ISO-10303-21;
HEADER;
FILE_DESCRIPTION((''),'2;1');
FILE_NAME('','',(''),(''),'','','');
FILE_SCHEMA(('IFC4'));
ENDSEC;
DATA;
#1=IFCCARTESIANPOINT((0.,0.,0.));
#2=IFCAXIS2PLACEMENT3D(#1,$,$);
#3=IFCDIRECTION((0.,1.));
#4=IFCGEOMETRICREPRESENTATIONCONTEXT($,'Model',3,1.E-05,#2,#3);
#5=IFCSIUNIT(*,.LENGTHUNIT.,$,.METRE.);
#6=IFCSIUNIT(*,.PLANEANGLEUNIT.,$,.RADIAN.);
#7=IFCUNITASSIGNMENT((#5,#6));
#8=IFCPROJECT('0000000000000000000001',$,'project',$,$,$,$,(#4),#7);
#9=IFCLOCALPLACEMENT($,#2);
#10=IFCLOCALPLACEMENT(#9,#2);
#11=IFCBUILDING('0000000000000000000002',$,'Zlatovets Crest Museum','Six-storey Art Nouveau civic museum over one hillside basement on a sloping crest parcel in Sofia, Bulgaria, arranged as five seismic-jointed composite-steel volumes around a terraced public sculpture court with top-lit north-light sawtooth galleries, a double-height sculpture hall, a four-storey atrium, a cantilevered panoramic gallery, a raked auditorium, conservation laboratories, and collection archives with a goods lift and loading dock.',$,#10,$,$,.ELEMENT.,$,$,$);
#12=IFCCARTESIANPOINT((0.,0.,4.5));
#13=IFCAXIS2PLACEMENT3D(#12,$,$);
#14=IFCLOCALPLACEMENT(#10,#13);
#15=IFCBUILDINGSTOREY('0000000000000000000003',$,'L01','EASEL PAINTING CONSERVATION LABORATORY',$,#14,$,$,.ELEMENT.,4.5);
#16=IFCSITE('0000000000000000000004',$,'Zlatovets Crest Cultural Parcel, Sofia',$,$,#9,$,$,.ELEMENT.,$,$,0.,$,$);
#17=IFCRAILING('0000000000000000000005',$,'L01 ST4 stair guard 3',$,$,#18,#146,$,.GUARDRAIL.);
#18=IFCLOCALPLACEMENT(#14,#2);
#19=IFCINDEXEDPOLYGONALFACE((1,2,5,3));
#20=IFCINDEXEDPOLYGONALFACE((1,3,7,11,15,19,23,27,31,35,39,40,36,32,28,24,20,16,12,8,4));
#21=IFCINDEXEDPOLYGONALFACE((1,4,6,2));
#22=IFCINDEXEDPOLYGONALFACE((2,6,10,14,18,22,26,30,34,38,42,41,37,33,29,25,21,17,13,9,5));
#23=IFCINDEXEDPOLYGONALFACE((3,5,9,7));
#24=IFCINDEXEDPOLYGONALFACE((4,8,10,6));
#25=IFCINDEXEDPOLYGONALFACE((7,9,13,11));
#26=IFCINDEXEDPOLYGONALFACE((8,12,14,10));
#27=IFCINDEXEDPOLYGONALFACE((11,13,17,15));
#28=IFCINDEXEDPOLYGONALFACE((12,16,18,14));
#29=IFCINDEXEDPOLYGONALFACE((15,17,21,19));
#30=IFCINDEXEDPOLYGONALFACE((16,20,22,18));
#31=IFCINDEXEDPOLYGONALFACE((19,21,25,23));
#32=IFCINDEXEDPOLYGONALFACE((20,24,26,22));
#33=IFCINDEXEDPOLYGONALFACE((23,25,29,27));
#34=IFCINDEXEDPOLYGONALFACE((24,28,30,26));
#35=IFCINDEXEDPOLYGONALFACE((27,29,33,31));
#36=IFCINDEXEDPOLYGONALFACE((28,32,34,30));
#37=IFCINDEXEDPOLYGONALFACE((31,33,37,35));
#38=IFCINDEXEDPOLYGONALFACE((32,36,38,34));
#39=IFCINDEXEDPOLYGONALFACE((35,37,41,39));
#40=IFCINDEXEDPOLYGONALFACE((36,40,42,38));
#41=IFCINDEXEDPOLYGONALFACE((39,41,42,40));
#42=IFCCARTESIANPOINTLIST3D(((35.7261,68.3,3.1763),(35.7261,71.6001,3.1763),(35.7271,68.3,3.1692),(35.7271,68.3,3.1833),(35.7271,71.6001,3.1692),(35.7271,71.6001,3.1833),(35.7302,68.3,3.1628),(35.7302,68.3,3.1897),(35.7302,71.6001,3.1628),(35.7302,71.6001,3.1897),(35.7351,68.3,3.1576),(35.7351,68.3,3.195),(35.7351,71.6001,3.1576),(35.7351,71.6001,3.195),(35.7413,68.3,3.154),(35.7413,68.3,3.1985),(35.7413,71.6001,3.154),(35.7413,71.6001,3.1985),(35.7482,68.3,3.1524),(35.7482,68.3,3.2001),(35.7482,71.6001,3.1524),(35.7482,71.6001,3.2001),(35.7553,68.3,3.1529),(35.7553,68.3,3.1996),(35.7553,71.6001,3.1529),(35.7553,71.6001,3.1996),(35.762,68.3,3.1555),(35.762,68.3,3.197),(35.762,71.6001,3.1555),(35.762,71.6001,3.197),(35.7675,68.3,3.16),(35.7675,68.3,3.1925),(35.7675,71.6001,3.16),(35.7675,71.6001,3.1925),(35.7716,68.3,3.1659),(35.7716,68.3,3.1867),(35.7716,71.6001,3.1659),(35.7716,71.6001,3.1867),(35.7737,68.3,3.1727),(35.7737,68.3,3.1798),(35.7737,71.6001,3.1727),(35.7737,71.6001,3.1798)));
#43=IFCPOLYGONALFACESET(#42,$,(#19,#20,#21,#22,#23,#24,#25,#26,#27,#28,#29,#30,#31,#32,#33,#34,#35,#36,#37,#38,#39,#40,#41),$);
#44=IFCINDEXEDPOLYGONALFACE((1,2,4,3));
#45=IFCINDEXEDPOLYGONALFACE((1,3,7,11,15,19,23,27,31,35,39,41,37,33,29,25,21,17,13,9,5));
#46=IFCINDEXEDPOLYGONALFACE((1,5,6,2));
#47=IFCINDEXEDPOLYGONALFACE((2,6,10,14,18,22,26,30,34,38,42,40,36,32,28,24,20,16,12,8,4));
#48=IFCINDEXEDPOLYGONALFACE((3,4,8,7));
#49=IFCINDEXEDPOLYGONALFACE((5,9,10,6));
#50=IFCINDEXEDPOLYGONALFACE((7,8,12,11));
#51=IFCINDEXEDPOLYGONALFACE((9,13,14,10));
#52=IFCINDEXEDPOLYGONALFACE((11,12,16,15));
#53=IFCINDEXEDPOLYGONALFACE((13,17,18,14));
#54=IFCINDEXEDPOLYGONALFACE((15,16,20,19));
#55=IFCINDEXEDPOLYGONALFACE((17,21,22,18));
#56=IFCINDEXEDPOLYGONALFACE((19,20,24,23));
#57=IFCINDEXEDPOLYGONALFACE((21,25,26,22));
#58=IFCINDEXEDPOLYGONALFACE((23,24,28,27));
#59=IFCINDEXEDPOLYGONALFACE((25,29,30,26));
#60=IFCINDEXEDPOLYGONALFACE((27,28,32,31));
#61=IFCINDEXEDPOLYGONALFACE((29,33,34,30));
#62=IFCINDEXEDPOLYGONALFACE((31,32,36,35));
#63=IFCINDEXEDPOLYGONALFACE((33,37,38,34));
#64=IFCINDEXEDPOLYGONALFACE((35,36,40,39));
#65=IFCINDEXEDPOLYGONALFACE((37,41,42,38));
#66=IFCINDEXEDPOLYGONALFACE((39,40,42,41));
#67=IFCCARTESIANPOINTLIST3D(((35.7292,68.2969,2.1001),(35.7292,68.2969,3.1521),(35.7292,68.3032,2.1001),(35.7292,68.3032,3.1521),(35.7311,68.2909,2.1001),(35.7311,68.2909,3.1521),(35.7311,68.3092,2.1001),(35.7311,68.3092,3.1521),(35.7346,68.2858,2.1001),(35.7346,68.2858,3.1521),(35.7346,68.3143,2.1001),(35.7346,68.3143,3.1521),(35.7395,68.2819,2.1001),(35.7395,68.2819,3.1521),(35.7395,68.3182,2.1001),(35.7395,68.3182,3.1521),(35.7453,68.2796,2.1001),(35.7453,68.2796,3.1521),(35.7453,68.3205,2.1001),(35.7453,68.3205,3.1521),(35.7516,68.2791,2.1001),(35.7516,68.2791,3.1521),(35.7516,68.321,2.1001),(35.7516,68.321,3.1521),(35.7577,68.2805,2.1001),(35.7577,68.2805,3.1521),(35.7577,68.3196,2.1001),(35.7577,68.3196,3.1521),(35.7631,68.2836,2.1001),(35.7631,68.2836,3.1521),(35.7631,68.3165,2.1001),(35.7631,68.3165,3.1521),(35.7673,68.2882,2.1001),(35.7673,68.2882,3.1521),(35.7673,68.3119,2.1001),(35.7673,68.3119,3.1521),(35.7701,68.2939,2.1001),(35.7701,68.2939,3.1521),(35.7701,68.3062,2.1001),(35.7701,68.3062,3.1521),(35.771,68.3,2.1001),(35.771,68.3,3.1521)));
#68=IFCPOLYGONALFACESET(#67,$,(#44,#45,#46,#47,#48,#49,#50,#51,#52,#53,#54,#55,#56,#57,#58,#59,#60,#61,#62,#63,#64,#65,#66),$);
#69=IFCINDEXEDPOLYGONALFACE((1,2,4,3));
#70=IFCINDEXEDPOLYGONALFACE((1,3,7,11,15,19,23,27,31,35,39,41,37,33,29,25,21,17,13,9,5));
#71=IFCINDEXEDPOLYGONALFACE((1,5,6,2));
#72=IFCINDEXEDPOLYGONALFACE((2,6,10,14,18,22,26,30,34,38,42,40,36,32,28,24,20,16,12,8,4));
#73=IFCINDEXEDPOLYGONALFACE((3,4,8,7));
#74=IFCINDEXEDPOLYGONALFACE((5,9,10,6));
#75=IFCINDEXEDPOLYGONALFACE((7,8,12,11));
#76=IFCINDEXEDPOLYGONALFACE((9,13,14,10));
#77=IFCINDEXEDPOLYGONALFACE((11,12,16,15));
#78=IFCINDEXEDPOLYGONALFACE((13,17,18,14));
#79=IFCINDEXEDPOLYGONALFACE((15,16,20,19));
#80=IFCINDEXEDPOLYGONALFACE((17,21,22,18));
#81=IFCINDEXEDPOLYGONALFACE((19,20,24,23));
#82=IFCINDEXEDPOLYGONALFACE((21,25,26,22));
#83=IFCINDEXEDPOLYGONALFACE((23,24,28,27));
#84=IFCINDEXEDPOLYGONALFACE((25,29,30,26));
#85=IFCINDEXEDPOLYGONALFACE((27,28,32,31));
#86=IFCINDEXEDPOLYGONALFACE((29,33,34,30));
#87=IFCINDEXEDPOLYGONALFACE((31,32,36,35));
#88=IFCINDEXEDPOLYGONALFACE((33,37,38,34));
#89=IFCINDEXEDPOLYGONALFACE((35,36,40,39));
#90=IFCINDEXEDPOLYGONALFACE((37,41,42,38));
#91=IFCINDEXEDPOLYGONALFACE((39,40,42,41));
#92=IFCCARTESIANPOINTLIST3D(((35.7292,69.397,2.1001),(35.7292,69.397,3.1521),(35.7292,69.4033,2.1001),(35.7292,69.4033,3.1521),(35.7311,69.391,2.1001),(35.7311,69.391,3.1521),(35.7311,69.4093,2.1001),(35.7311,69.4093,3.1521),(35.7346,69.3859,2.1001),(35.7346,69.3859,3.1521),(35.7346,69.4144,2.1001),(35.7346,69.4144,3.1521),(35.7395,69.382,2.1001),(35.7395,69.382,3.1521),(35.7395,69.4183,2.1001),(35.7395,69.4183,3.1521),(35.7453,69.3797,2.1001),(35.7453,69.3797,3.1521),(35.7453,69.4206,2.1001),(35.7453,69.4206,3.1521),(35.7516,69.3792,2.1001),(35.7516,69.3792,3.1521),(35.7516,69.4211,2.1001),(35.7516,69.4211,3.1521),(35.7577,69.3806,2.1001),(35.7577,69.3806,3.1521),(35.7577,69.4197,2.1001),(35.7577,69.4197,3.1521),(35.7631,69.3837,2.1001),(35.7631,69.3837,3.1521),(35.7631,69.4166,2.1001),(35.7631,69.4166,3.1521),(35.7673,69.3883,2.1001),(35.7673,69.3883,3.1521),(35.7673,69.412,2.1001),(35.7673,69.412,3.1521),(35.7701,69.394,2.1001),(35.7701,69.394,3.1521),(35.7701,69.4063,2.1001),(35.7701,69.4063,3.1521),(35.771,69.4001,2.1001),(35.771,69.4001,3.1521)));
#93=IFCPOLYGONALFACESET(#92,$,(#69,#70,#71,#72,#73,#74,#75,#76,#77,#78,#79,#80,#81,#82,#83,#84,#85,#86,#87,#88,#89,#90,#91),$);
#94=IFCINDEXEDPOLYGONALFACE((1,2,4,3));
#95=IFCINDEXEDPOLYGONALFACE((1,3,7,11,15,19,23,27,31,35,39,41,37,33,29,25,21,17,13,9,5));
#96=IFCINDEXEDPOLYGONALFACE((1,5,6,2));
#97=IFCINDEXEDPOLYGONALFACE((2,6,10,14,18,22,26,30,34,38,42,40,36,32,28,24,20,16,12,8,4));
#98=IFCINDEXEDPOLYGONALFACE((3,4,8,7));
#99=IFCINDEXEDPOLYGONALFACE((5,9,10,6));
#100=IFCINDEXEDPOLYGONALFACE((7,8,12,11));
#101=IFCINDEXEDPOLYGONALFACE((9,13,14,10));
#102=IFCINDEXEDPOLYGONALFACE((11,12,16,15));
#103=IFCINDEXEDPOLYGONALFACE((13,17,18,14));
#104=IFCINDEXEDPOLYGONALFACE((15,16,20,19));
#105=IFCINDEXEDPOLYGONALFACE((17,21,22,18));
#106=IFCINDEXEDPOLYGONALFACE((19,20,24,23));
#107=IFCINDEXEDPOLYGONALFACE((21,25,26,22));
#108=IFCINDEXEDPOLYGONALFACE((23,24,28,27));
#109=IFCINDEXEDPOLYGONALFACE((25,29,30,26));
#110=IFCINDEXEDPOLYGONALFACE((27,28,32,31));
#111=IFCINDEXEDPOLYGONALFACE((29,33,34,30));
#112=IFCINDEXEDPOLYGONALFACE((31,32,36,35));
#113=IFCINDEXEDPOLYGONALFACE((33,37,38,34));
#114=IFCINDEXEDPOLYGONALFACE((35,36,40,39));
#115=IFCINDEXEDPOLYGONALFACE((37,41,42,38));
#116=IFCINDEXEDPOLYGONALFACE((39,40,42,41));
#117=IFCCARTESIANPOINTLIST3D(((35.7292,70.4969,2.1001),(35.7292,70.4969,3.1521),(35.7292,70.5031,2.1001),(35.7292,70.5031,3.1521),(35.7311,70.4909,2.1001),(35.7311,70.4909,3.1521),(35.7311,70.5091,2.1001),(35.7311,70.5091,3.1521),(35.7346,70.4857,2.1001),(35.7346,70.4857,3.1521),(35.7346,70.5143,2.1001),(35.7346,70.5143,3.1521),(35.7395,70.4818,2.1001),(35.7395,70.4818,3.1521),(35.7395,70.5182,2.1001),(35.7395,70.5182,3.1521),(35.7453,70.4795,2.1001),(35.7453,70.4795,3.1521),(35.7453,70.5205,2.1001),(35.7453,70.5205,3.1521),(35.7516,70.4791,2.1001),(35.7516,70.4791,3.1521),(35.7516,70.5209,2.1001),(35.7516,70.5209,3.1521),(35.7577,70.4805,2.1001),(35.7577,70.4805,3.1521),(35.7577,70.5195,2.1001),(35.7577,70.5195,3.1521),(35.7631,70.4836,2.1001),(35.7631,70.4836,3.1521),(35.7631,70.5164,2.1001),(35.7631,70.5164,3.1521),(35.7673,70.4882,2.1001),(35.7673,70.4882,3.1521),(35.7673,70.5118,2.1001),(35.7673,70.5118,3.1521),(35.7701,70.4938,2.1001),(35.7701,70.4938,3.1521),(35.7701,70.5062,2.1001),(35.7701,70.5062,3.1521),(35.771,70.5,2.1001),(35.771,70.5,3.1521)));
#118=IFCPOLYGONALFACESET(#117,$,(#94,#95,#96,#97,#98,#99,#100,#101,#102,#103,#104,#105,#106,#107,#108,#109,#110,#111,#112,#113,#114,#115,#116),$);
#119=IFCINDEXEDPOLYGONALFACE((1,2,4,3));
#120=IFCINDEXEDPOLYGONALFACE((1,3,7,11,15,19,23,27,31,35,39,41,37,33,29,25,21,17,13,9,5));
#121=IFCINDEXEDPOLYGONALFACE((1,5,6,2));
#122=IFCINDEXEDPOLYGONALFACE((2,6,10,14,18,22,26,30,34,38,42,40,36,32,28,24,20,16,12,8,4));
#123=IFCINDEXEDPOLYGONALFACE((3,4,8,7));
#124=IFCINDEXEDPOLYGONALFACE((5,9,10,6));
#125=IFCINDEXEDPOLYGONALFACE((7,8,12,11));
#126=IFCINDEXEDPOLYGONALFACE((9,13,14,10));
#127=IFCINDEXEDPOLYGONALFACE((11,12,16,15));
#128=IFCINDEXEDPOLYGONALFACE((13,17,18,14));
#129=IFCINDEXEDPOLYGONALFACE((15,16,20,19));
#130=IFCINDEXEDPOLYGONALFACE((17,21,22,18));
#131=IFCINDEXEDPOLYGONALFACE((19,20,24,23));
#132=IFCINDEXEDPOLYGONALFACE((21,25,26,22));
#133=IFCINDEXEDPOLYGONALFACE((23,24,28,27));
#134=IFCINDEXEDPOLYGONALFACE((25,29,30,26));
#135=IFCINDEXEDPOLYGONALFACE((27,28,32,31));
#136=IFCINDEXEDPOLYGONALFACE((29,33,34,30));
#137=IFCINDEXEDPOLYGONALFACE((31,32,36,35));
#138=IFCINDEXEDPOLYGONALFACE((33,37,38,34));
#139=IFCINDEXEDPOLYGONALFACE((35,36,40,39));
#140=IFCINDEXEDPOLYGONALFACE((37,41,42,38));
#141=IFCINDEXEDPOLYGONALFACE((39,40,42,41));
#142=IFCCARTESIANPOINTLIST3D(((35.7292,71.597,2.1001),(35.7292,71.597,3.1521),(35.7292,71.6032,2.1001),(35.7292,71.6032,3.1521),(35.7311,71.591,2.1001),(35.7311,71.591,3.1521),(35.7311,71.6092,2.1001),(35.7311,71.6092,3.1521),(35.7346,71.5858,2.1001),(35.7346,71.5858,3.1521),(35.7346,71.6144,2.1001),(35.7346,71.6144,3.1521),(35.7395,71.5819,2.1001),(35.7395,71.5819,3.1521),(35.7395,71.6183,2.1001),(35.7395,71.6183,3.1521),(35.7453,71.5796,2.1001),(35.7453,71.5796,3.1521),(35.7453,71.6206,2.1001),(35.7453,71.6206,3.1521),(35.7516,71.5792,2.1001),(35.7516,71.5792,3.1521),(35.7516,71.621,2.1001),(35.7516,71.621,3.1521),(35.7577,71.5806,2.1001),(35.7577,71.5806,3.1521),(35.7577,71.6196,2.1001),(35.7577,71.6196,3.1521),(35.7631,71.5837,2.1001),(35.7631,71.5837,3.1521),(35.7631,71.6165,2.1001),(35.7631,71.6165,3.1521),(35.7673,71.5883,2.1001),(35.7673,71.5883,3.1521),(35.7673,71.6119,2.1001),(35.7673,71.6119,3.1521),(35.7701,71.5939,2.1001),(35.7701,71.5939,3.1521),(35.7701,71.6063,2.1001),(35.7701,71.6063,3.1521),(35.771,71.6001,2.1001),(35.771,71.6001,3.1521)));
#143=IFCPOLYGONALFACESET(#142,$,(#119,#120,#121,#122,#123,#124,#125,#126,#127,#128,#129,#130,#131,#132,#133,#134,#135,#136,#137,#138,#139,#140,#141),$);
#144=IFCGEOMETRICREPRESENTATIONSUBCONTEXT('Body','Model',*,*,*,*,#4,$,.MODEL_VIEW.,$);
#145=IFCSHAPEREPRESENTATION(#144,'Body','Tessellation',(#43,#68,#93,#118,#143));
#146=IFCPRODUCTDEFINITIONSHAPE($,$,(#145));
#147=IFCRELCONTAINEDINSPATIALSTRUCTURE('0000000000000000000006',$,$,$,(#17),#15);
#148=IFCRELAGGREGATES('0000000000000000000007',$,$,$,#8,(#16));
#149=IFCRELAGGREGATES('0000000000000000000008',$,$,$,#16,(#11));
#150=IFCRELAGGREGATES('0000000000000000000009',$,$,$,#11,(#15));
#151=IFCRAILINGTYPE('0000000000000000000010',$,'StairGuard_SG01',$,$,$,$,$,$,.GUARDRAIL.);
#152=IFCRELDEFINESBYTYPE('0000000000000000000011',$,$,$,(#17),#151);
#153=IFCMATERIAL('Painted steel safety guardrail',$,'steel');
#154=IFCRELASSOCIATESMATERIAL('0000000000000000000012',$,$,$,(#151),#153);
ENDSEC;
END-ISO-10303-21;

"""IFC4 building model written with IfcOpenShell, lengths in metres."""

from ifc_helpers import new_model, si_unit, direction, frame, origin, origin_2d, place, context, subcontext, project, spatial, circle, extrude, material, type_object, element, save


model = new_model("IFC4")

# Units and contexts
model_context = context("Model", 3, precision=1e-05, world=origin(), true_north=direction((0.0, 1.0)))
body_context = subcontext(model_context, "Body", "Model", "MODEL_VIEW")
ifc_project = project(units=[si_unit("LENGTHUNIT", "METRE"), si_unit("PLANEANGLEUNIT", "RADIAN")], contexts=[model_context])

# Site, building, storey
site_placement = place(None, origin())
site = spatial("IfcSite", under=ifc_project, at=site_placement, Name="Zlatovets Crest Cultural Parcel, Sofia", CompositionType="ELEMENT", RefElevation=0.0)
building_placement = place(site_placement, origin())
building = spatial("IfcBuilding", under=site, at=building_placement, Name="Zlatovets Crest Museum", Description="Six-storey Art Nouveau civic museum over one hillside basement on a sloping crest parcel in Sofia, Bulgaria, arranged as five seismic-jointed composite-steel volumes around a terraced public sculpture court with top-lit north-light sawtooth galleries, a double-height sculpture hall, a four-storey atrium, a cantilevered panoramic gallery, a raked auditorium, conservation laboratories, and collection archives with a goods lift and loading dock.", CompositionType="ELEMENT")
storey_placement = place(building_placement, frame((0.0, 0.0, 4.5)))
storey = spatial("IfcBuildingStorey", under=building, at=storey_placement, Name="L01", Description="EASEL PAINTING CONSERVATION LABORATORY", CompositionType="ELEMENT", Elevation=4.5)

# Railing
ifc_material_1 = material(Name="Painted steel safety guardrail", Category="steel")
railing_type_1 = type_object("IfcRailingType", Name="StairGuard_SG01", PredefinedType="GUARDRAIL", material=ifc_material_1)
railing_1_placement = place(storey_placement, frame((35.75, 68.3, 2.1001)))
element("IfcRailing", 1, at=railing_1_placement, inside=storey, type_object=railing_type_1, Name="L01 ST4 stair guard 3", PredefinedType="GUARDRAIL", context=body_context, shape_type="SweptSolid", body=[
    extrude(circle(Radius=0.0239, at=origin_2d()), frame((0.0, 0.0, 1.0762), z_axis=(0.0, 1.0, 0.0), x_axis=(-1.0, 0.0, 0.0)), (0.0, 0.0, 1.0), 3.3),
    extrude(circle(Radius=0.021, at=origin_2d()), origin(), (0.0, 0.0, 1.0), 1.052),
    extrude(circle(Radius=0.021, at=origin_2d()), frame((0.0, 1.1001, 0.0)), (0.0, 0.0, 1.0), 1.052),
    extrude(circle(Radius=0.021, at=origin_2d()), frame((0.0, 2.2, 0.0)), (0.0, 0.0, 1.0), 1.052),
    extrude(circle(Radius=0.021, at=origin_2d()), frame((0.0, 3.3, 0.0)), (0.0, 0.0, 1.0), 1.052),
])

save(model, "model.ifc")
